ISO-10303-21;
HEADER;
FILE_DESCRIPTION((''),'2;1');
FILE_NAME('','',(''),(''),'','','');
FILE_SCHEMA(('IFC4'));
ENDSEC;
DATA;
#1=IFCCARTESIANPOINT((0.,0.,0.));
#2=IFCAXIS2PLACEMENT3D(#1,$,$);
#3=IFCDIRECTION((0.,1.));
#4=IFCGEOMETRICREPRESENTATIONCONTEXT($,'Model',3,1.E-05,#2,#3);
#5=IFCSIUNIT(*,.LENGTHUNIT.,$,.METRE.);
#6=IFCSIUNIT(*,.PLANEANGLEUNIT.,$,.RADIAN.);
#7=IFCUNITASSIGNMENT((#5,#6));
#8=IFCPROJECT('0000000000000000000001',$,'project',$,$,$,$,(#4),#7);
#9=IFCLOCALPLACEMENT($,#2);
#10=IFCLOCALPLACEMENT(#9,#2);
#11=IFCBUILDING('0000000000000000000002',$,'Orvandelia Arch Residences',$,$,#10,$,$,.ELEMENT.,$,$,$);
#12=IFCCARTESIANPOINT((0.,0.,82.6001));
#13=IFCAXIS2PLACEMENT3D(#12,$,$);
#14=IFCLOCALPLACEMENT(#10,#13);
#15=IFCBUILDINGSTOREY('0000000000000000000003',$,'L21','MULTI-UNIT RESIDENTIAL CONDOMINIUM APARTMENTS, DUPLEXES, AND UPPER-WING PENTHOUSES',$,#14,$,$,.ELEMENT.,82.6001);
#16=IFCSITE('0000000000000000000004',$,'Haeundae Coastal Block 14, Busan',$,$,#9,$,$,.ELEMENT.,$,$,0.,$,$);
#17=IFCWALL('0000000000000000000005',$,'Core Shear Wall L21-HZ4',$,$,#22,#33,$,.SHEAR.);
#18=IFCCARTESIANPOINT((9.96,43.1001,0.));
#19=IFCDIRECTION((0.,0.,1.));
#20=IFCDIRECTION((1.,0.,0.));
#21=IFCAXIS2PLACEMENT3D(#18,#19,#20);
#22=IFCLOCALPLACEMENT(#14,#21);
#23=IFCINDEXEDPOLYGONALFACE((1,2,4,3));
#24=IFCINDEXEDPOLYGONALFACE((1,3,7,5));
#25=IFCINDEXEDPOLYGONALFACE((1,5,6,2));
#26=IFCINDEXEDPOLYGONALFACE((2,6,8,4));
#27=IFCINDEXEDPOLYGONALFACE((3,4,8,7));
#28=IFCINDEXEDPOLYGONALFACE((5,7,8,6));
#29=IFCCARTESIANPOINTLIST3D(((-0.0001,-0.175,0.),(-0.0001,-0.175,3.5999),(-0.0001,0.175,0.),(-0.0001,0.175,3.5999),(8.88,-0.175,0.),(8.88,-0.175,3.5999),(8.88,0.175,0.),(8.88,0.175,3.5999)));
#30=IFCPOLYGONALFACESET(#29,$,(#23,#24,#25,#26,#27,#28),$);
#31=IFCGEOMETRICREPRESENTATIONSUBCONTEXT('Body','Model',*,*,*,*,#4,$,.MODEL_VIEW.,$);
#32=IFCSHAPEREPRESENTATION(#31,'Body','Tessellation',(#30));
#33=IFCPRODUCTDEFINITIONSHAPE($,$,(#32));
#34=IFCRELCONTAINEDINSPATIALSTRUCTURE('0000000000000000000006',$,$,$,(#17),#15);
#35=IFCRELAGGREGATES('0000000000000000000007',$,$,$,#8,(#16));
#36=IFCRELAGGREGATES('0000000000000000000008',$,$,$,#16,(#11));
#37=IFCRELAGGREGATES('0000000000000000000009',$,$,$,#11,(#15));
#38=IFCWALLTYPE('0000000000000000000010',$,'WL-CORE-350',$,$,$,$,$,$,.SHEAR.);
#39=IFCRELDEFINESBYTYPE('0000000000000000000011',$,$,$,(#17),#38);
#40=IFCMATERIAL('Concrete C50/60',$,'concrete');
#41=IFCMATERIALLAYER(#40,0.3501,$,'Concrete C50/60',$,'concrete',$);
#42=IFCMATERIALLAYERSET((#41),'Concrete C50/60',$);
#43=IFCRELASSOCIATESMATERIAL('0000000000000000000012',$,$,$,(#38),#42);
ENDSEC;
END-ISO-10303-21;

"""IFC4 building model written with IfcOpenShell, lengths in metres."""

from ifc_helpers import new_model, si_unit, direction, frame, frame_2d, origin, place, context, subcontext, project, spatial, rectangle, extrude, material, layer, layer_set, type_object, element, save


model = new_model("IFC4")

# Units and contexts
model_context = context("Model", 3, precision=1e-05, world=origin(), true_north=direction((0.0, 1.0)))
body_context = subcontext(model_context, "Body", "Model", "MODEL_VIEW")
ifc_project = project(units=[si_unit("LENGTHUNIT", "METRE"), si_unit("PLANEANGLEUNIT", "RADIAN")], contexts=[model_context])

# Site, building, storey
site_placement = place(None, origin())
site = spatial("IfcSite", under=ifc_project, at=site_placement, Name="Haeundae Coastal Block 14, Busan", CompositionType="ELEMENT", RefElevation=0.0)
building_placement = place(site_placement, origin())
building = spatial("IfcBuilding", under=site, at=building_placement, Name="Orvandelia Arch Residences", CompositionType="ELEMENT")
storey_placement = place(building_placement, frame((0.0, 0.0, 82.6001)))
storey = spatial("IfcBuildingStorey", under=building, at=storey_placement, Name="L21", Description="MULTI-UNIT RESIDENTIAL CONDOMINIUM APARTMENTS, DUPLEXES, AND UPPER-WING PENTHOUSES", CompositionType="ELEMENT", Elevation=82.6001)

# Wall
ifc_material_1 = material(Name="Concrete C50/60", Category="concrete")
ifc_layer_1 = layer(ifc_material_1, 0.3501, Name="Concrete C50/60", Category="concrete")
ifc_layer_set_1 = layer_set([ifc_layer_1], Name="Concrete C50/60")
wall_type_1 = type_object("IfcWallType", Name="WL-CORE-350", PredefinedType="SHEAR", material=ifc_layer_set_1)
wall_1_placement = place(storey_placement, frame((9.96, 43.1001, 0.0), z_axis=(0.0, 0.0, 1.0), x_axis=(1.0, 0.0, 0.0)))
element("IfcWall", 1, at=wall_1_placement, inside=storey, type_object=wall_type_1, Name="Core Shear Wall L21-HZ4", PredefinedType="SHEAR", context=body_context, shape_type="SweptSolid", body=[
    extrude(rectangle(XDim=8.8801, YDim=0.3501, at=frame_2d((4.4399, 0.0))), origin(), (0.0, 0.0, 1.0), 3.5999),
])

save(model, "model.ifc")
